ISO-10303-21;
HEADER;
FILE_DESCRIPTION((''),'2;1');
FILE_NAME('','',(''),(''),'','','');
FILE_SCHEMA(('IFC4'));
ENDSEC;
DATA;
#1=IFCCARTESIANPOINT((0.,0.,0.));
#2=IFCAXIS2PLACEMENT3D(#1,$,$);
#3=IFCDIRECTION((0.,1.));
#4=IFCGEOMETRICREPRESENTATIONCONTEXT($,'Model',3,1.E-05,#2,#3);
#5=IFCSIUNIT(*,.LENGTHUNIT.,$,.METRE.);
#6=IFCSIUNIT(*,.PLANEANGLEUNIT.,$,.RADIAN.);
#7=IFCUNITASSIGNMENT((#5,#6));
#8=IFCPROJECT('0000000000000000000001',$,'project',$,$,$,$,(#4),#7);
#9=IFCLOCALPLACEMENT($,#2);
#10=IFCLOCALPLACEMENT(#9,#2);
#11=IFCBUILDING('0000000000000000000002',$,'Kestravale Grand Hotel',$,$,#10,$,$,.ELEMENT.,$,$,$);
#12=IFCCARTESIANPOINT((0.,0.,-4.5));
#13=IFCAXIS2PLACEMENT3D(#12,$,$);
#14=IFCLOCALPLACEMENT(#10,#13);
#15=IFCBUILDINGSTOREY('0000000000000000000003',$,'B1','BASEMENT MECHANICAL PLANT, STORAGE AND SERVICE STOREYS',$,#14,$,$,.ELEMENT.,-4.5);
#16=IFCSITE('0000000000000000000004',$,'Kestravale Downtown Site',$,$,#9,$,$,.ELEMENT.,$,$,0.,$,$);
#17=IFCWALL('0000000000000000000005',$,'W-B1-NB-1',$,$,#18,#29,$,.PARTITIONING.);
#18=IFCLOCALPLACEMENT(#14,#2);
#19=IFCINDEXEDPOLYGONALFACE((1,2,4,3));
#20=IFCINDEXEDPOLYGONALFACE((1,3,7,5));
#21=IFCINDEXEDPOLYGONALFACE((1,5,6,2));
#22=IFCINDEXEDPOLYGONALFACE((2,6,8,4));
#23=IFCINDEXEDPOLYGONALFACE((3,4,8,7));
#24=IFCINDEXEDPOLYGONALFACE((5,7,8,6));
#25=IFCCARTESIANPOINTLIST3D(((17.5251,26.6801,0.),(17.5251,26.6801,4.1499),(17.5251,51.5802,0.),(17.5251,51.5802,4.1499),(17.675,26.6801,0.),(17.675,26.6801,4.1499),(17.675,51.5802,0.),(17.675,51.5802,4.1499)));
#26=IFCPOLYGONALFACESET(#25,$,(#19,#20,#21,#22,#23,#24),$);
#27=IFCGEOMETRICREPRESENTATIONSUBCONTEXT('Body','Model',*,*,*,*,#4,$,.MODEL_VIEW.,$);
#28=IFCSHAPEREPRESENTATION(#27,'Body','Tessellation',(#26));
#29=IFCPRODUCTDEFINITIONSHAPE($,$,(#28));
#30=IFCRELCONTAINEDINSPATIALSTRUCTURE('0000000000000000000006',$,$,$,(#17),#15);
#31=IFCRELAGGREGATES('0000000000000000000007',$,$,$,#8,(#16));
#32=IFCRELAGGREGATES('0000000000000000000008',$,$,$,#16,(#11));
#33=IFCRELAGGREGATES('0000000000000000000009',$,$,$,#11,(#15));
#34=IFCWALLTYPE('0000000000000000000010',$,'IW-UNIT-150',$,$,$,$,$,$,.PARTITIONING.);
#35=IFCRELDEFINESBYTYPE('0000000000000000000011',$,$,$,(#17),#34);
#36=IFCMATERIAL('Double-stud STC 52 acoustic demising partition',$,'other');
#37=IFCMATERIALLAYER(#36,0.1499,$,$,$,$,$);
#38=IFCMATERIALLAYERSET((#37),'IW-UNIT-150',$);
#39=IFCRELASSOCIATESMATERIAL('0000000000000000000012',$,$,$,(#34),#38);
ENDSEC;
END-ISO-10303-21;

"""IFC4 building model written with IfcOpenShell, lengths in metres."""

from ifc_helpers import new_model, si_unit, direction, frame, frame_2d, origin, place, context, subcontext, project, spatial, rectangle, extrude, material, layer, layer_set, type_object, element, save


model = new_model("IFC4")

# Units and contexts
model_context = context("Model", 3, precision=1e-05, world=origin(), true_north=direction((0.0, 1.0)))
body_context = subcontext(model_context, "Body", "Model", "MODEL_VIEW")
ifc_project = project(units=[si_unit("LENGTHUNIT", "METRE"), si_unit("PLANEANGLEUNIT", "RADIAN")], contexts=[model_context])

# Site, building, storey
site_placement = place(None, origin())
site = spatial("IfcSite", under=ifc_project, at=site_placement, Name="Kestravale Downtown Site", CompositionType="ELEMENT", RefElevation=0.0)
building_placement = place(site_placement, origin())
building = spatial("IfcBuilding", under=site, at=building_placement, Name="Kestravale Grand Hotel", CompositionType="ELEMENT")
storey_placement = place(building_placement, frame((0.0, 0.0, -4.5)))
storey = spatial("IfcBuildingStorey", under=building, at=storey_placement, Name="B1", Description="BASEMENT MECHANICAL PLANT, STORAGE AND SERVICE STOREYS", CompositionType="ELEMENT", Elevation=-4.5)

# Wall
ifc_material_1 = material(Name="Double-stud STC 52 acoustic demising partition", Category="other")
ifc_layer_1 = layer(ifc_material_1, 0.1499)
ifc_layer_set_1 = layer_set([ifc_layer_1], Name="IW-UNIT-150")
wall_type_1 = type_object("IfcWallType", Name="IW-UNIT-150", PredefinedType="PARTITIONING", material=ifc_layer_set_1)
wall_1_placement = place(storey_placement, frame((17.6001, 26.6799, 0.0), z_axis=(0.0, 0.0, 1.0), x_axis=(0.0, 1.0, 0.0)))
element("IfcWall", 1, at=wall_1_placement, inside=storey, type_object=wall_type_1, Name="W-B1-NB-1", PredefinedType="PARTITIONING", context=body_context, shape_type="SweptSolid", body=[
    extrude(rectangle(XDim=24.9001, YDim=0.1499, at=frame_2d((12.4502, 0.0))), origin(), (0.0, 0.0, 1.0), 4.1499),
])

save(model, "model.ifc")
